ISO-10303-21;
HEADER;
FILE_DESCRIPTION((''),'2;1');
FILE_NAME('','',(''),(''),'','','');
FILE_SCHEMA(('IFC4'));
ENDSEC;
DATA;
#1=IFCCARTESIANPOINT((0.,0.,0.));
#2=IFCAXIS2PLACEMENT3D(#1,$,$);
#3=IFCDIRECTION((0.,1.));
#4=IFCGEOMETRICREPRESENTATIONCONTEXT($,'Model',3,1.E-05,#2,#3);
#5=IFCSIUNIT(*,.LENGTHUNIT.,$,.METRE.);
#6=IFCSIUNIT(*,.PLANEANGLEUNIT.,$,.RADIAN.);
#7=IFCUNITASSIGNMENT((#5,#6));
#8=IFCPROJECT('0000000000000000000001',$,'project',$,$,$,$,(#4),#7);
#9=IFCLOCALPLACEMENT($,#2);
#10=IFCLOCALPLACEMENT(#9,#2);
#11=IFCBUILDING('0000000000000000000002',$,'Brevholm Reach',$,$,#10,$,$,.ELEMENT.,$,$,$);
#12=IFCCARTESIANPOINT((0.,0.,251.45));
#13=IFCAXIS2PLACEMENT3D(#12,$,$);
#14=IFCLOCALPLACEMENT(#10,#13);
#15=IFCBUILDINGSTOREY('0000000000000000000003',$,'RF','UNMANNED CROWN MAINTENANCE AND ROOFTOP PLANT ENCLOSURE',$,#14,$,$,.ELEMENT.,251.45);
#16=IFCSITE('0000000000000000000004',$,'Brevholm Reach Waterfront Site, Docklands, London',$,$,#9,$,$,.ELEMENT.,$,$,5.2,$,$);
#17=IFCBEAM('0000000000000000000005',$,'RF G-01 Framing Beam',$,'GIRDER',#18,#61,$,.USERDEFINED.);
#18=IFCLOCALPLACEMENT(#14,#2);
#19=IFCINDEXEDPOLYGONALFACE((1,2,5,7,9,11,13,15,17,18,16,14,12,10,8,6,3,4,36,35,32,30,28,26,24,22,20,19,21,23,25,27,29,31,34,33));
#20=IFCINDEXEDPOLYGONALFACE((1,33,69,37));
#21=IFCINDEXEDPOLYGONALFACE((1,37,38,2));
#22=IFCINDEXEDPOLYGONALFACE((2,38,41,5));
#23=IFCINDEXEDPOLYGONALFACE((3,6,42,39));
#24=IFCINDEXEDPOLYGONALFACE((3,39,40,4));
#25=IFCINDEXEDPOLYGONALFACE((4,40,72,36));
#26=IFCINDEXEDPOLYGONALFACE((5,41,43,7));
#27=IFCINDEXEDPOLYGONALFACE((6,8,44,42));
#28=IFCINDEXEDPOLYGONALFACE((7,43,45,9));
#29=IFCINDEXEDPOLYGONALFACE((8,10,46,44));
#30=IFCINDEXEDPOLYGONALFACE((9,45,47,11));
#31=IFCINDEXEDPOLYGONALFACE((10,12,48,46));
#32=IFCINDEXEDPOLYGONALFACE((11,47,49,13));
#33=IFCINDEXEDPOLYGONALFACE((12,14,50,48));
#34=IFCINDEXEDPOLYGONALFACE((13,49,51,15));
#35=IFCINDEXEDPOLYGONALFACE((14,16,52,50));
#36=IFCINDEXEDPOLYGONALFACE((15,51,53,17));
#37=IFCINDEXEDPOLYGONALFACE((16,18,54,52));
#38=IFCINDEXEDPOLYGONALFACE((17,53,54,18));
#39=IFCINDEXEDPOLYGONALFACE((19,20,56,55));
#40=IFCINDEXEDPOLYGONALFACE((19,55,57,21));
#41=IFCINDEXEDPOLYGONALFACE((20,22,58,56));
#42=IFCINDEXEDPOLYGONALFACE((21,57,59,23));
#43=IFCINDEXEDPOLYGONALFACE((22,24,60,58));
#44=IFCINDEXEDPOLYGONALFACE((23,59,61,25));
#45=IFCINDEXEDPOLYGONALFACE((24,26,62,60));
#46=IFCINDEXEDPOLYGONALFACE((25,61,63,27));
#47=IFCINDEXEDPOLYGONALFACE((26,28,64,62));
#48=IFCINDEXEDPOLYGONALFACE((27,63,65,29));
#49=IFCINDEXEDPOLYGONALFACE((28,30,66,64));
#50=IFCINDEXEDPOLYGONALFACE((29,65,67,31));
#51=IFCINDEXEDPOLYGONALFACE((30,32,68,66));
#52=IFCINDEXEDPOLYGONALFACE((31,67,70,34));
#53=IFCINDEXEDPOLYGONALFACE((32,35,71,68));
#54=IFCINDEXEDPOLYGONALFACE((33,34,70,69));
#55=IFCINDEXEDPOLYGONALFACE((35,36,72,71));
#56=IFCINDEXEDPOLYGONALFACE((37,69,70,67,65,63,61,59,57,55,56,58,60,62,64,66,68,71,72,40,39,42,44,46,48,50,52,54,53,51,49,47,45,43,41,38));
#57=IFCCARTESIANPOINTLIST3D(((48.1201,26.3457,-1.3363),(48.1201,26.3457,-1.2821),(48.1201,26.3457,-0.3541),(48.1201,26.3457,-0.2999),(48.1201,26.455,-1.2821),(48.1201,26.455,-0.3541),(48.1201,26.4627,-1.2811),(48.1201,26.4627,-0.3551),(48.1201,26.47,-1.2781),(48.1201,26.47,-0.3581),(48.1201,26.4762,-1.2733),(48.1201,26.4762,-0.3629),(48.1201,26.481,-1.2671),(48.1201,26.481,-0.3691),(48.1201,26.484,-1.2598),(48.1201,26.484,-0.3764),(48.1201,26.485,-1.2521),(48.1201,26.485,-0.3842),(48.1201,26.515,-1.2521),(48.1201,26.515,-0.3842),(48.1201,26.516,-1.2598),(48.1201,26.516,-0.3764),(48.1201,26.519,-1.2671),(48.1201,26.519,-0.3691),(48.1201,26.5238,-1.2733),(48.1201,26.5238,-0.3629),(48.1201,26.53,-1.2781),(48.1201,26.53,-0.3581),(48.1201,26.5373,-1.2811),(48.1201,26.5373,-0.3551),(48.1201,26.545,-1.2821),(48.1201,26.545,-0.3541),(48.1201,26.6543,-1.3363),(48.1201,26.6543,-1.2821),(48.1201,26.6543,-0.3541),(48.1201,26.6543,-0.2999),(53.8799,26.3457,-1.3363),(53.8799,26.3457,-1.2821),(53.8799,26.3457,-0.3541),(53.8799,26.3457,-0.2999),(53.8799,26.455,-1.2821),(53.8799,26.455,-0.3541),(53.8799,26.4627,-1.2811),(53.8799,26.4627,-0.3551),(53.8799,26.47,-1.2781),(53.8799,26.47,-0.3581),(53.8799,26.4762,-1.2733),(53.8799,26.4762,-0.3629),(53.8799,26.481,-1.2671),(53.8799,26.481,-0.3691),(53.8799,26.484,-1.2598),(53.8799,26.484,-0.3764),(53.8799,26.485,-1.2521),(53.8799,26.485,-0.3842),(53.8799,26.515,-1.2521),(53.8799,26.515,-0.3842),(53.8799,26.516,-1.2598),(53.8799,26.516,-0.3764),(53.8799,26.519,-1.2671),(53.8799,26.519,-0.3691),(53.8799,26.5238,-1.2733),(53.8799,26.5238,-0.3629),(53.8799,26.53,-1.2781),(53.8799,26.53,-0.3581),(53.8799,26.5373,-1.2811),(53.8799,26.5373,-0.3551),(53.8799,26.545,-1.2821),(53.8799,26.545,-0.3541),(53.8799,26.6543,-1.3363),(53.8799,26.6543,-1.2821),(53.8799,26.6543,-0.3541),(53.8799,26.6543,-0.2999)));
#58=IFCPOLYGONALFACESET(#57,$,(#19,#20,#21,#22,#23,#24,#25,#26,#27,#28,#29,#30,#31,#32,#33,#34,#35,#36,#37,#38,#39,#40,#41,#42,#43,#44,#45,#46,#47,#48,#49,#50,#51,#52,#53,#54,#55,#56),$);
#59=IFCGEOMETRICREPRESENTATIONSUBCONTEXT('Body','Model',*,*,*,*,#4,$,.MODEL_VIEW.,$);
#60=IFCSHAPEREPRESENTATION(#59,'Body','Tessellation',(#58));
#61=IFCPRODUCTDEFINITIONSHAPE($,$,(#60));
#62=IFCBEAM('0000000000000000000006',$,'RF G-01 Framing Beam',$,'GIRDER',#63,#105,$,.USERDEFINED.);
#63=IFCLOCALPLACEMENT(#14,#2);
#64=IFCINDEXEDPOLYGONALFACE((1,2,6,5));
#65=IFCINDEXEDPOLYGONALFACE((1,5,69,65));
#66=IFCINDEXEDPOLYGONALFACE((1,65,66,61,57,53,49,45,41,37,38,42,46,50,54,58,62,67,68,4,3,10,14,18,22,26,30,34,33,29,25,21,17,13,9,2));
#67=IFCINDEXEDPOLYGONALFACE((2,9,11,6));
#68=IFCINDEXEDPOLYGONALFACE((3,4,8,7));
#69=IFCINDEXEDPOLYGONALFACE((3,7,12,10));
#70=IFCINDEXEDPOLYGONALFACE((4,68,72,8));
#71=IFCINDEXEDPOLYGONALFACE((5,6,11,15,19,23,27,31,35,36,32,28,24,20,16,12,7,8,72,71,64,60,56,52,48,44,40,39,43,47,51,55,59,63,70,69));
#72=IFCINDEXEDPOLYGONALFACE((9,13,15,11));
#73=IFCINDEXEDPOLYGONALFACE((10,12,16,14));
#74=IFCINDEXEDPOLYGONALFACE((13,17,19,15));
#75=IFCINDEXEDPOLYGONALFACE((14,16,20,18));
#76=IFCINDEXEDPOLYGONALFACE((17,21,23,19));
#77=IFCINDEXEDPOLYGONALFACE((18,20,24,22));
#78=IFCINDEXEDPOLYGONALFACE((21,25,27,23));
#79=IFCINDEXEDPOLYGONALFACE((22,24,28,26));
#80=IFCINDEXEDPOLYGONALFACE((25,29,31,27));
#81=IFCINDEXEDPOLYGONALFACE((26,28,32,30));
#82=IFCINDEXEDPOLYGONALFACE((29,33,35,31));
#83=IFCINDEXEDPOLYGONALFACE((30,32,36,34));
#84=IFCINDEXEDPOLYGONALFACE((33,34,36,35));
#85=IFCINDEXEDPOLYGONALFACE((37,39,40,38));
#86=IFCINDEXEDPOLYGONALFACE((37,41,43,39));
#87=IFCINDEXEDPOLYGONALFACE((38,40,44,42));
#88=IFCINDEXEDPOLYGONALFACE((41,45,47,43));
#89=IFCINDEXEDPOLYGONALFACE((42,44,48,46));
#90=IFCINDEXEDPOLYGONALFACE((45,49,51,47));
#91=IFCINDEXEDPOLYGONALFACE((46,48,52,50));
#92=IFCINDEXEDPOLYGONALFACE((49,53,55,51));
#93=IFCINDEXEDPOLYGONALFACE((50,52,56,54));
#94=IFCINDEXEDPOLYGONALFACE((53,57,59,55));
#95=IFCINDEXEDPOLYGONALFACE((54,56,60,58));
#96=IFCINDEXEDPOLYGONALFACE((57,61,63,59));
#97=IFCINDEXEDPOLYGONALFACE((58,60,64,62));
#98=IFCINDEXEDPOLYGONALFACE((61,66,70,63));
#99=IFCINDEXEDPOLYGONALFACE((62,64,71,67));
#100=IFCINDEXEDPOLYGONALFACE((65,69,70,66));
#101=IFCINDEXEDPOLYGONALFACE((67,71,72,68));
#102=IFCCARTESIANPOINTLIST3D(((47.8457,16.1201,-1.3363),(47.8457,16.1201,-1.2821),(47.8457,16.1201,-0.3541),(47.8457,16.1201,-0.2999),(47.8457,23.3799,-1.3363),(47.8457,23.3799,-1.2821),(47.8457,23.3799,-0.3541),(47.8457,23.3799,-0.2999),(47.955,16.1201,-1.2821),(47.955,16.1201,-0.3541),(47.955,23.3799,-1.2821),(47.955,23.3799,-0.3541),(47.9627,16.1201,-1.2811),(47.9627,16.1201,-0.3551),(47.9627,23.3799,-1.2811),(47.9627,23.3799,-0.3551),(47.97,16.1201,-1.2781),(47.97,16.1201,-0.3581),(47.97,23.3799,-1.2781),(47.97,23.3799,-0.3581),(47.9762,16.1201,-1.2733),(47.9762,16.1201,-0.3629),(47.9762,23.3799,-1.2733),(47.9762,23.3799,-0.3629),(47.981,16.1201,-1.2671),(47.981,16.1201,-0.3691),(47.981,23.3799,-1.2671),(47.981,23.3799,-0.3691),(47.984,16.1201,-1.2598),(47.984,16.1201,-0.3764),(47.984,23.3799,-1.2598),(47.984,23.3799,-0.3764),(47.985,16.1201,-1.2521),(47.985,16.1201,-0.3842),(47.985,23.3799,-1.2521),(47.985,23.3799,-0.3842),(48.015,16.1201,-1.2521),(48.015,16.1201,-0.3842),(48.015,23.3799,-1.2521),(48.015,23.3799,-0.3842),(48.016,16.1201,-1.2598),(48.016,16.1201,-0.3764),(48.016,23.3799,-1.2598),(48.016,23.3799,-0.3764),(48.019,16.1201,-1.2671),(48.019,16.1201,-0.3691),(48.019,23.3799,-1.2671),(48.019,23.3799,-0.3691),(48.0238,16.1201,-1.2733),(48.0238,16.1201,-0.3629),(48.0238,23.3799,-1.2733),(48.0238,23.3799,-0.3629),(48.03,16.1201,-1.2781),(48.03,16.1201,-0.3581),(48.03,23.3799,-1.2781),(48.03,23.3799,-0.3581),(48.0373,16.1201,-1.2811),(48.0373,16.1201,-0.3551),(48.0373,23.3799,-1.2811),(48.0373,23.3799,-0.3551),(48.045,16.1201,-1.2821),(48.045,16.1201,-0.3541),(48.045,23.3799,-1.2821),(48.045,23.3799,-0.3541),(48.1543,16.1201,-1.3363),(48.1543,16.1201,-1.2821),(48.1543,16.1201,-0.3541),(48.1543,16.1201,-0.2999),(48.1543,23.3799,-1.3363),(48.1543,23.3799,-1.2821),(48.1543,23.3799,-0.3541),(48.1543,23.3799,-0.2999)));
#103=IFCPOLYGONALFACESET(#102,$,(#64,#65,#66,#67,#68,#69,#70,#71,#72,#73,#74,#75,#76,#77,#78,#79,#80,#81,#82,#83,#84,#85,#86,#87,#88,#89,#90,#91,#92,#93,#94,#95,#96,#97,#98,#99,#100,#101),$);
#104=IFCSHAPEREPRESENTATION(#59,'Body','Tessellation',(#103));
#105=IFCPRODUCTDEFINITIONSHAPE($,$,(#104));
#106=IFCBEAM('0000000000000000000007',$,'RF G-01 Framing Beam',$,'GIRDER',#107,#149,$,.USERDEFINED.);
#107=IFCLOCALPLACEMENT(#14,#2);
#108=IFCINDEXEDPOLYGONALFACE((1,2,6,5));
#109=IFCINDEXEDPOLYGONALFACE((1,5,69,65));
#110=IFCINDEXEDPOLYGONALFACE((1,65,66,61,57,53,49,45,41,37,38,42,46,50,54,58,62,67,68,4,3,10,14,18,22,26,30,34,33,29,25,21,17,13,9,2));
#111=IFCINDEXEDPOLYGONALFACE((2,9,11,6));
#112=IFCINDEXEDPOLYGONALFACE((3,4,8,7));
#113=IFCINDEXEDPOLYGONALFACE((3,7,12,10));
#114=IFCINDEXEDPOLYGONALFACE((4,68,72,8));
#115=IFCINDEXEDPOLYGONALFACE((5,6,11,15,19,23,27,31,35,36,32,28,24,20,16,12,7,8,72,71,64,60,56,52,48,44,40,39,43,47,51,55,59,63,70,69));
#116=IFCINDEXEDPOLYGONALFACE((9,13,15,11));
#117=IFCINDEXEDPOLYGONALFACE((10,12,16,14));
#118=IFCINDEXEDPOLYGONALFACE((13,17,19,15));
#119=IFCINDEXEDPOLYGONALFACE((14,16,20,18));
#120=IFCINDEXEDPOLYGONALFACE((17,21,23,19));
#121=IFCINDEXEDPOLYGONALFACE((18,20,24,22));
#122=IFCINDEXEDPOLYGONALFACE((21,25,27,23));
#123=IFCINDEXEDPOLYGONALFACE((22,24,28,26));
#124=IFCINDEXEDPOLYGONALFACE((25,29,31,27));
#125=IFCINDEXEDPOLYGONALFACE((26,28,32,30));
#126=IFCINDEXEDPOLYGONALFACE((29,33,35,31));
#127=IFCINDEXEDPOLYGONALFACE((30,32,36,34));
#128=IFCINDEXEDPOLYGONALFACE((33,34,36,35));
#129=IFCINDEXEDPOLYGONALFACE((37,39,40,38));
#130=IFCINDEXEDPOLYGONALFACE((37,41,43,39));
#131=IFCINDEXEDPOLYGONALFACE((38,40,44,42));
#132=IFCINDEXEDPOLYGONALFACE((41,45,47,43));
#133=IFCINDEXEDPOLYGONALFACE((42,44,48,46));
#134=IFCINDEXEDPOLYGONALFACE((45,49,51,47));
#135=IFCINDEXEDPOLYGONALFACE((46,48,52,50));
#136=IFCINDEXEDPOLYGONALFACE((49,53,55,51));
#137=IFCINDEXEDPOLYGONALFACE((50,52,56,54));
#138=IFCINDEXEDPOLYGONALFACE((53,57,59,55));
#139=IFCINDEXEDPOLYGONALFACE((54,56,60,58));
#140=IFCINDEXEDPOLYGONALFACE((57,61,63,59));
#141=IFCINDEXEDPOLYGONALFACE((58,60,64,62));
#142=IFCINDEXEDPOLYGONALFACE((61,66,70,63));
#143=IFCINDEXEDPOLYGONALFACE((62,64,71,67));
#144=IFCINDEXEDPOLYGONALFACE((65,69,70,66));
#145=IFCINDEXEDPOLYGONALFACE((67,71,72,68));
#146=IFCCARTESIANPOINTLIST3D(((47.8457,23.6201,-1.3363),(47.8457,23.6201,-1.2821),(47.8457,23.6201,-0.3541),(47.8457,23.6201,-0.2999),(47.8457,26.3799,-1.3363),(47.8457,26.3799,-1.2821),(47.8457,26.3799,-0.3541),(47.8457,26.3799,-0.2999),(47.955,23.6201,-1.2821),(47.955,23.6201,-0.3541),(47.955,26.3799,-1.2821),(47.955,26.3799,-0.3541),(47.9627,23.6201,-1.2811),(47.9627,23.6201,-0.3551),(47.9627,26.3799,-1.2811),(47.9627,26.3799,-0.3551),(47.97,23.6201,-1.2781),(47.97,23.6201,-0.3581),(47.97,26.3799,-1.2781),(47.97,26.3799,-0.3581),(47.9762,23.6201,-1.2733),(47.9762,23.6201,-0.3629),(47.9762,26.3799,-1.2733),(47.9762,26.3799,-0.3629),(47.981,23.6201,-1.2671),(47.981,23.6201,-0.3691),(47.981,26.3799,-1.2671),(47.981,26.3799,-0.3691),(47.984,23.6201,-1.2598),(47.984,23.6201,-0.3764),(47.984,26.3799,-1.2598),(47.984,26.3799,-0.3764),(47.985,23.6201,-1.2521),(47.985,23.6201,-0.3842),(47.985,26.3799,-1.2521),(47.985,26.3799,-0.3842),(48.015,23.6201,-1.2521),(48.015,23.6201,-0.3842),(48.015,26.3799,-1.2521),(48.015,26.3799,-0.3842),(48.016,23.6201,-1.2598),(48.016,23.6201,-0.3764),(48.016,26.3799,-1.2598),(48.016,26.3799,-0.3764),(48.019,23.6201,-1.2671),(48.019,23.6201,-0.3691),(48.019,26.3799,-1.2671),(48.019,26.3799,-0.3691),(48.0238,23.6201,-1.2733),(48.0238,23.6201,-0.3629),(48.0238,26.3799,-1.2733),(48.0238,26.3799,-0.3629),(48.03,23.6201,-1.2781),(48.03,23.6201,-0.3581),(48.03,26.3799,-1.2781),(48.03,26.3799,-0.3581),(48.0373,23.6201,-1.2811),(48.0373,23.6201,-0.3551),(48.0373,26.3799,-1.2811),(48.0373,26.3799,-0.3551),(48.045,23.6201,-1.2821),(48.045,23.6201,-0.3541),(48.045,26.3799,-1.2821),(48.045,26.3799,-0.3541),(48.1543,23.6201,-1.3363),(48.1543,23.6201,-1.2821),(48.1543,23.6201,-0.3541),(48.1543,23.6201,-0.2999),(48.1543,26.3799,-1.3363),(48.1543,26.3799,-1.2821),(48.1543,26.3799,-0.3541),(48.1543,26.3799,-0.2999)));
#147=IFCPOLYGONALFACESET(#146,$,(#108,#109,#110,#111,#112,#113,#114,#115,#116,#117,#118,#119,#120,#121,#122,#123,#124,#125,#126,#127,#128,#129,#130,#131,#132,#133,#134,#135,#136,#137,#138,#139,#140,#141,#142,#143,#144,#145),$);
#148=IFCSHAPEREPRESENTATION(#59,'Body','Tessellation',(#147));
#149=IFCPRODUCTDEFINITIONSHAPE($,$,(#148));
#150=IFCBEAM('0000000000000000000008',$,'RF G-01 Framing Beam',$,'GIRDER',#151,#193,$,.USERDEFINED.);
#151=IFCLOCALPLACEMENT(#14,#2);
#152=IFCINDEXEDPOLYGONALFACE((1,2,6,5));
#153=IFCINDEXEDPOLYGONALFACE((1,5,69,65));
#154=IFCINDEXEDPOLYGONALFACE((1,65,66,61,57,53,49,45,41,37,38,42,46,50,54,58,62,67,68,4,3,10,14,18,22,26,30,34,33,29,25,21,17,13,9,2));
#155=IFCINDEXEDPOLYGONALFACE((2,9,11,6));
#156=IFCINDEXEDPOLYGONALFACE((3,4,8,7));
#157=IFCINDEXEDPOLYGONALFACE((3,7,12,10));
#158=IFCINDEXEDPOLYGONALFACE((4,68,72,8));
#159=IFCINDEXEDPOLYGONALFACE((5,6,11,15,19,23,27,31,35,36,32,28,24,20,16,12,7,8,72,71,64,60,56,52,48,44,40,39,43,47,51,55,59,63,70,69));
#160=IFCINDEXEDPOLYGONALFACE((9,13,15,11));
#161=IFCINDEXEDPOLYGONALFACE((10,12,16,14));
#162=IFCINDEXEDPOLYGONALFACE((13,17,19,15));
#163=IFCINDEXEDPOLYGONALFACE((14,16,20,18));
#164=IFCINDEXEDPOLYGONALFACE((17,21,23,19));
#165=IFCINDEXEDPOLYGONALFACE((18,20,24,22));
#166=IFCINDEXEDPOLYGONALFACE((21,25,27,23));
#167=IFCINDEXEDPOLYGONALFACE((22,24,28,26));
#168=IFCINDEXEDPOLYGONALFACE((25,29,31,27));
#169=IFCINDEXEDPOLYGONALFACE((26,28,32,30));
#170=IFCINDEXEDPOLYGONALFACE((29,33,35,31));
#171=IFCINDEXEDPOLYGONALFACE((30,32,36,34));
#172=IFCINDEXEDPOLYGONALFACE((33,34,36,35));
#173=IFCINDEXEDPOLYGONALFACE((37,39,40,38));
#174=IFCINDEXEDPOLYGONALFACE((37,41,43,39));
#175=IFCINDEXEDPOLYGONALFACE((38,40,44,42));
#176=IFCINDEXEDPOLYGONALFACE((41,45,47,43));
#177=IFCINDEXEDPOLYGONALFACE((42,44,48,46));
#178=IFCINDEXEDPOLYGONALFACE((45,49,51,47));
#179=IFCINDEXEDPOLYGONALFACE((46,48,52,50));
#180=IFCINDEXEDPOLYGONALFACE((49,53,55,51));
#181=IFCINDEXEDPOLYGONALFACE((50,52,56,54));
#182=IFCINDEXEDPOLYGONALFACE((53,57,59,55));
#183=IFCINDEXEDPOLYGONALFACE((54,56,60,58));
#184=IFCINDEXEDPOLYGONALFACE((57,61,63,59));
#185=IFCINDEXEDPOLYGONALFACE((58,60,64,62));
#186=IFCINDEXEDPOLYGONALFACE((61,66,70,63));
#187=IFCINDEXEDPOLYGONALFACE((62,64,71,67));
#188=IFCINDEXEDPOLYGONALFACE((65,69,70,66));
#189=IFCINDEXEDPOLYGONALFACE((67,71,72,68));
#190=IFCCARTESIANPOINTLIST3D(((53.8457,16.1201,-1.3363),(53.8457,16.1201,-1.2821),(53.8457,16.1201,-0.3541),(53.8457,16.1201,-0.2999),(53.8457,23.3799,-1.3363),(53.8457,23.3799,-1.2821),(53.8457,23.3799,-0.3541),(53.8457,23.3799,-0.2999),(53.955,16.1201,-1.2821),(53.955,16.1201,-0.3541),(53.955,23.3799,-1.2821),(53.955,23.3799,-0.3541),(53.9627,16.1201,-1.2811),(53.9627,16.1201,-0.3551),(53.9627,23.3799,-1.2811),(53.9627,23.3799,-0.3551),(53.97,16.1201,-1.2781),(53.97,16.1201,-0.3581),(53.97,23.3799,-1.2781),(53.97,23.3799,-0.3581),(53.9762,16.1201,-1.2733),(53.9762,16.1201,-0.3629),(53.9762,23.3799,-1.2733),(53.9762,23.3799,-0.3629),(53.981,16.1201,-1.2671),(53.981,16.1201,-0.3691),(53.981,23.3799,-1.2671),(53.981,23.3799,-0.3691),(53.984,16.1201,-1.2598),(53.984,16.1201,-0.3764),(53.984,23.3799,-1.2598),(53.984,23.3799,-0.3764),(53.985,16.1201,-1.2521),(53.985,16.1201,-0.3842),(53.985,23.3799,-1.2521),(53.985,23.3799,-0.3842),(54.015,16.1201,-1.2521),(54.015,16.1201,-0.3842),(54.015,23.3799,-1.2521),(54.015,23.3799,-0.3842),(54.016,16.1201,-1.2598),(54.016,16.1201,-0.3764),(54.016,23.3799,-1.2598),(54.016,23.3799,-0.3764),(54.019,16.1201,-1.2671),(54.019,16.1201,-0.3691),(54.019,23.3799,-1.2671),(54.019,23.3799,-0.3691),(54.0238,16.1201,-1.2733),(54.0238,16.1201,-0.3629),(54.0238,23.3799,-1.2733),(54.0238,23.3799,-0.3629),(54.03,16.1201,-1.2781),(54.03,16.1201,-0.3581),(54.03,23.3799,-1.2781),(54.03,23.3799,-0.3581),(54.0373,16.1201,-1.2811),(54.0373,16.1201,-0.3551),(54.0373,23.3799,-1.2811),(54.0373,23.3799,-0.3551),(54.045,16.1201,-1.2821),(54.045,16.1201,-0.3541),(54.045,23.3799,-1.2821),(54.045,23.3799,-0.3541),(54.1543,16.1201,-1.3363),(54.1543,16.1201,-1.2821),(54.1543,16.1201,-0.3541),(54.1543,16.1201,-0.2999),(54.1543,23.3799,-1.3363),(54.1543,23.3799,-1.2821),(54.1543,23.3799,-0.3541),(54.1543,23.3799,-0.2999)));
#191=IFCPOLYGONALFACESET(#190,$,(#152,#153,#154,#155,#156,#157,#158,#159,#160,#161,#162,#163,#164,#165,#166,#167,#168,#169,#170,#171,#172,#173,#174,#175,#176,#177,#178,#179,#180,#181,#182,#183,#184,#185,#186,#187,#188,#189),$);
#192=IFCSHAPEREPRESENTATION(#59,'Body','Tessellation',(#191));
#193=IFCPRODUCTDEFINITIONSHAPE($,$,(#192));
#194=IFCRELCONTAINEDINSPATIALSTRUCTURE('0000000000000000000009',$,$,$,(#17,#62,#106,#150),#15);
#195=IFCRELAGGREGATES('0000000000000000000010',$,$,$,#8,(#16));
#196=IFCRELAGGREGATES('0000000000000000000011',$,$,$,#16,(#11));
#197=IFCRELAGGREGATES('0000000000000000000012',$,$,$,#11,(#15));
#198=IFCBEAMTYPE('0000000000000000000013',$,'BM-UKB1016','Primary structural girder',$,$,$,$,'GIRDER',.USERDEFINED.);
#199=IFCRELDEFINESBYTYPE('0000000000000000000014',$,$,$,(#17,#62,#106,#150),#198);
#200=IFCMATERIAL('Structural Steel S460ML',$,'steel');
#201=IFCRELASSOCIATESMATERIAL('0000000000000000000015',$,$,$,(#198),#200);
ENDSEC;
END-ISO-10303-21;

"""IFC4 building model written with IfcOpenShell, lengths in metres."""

from ifc_helpers import new_model, si_unit, direction, frame, origin, origin_2d, place, context, subcontext, project, spatial, i_section, extrude, material, material_profile, profile_set, type_object, element, save


model = new_model("IFC4")

# Units and contexts
model_context = context("Model", 3, precision=1e-05, world=origin(), true_north=direction((0.0, 1.0)))
body_context = subcontext(model_context, "Body", "Model", "MODEL_VIEW")
ifc_project = project(units=[si_unit("LENGTHUNIT", "METRE"), si_unit("PLANEANGLEUNIT", "RADIAN")], contexts=[model_context])

# Site, building, storey
site_placement = place(None, origin())
site = spatial("IfcSite", under=ifc_project, at=site_placement, Name="Brevholm Reach Waterfront Site, Docklands, London", CompositionType="ELEMENT", RefElevation=5.2)
building_placement = place(site_placement, origin())
building = spatial("IfcBuilding", under=site, at=building_placement, Name="Brevholm Reach", CompositionType="ELEMENT")
storey_placement = place(building_placement, frame((0.0, 0.0, 251.45)))
storey = spatial("IfcBuildingStorey", under=building, at=storey_placement, Name="RF", Description="UNMANNED CROWN MAINTENANCE AND ROOFTOP PLANT ENCLOSURE", CompositionType="ELEMENT", Elevation=251.45)

# Beams
ifc_material_1 = material(Name="Structural Steel S460ML", Category="steel")
ifc_material_profile_1 = material_profile(ifc_material_1, i_section(OverallWidth=0.3086, OverallDepth=1.0364, WebThickness=0.03, FlangeThickness=0.0542, FilletRadius=0.03, at=origin_2d()), Name="UKB 1016x305x487")
ifc_profile_set_1 = profile_set([ifc_material_profile_1], Name="Structural Steel S460ML")
beam_type = type_object("IfcBeamType", Name="BM-UKB1016", Description="Primary structural girder", ElementType="GIRDER", PredefinedType="USERDEFINED", material=ifc_profile_set_1)
for number, where, z_axis, x_axis, name in (
    (1, (48.1201, 26.5, -0.8181), (1.0, 0.0, 0.0), (0.0, 1.0, 0.0), "RF G-01 Framing Beam"),
):
    element("IfcBeam", number, at=place(storey_placement, frame(where, z_axis=z_axis, x_axis=x_axis)), inside=storey, type_object=beam_type, Name=name, ObjectType="GIRDER", PredefinedType="USERDEFINED", context=body_context, shape_type="SweptSolid", body=[
        extrude(i_section(OverallWidth=0.3086, OverallDepth=1.0364, WebThickness=0.03, FlangeThickness=0.0542, FilletRadius=0.03, at=origin_2d()), origin(), (0.0, 0.0, 1.0), 5.7598),
    ])
beam_1_placement = place(storey_placement, frame((48.0, 16.1201, -0.8181), z_axis=(0.0, 1.0, 0.0), x_axis=(-1.0, 0.0, 0.0)))
element("IfcBeam", 2, at=beam_1_placement, inside=storey, type_object=beam_type, Name="RF G-01 Framing Beam", ObjectType="GIRDER", PredefinedType="USERDEFINED", context=body_context, shape_type="SweptSolid", body=[
    extrude(i_section(OverallWidth=0.3086, OverallDepth=1.0364, WebThickness=0.03, FlangeThickness=0.0542, FilletRadius=0.03, at=origin_2d()), origin(), (0.0, 0.0, 1.0), 7.2598),
])
beam_2_placement = place(storey_placement, frame((48.0, 23.6201, -0.8181), z_axis=(0.0, 1.0, 0.0), x_axis=(-1.0, 0.0, 0.0)))
element("IfcBeam", 3, at=beam_2_placement, inside=storey, type_object=beam_type, Name="RF G-01 Framing Beam", ObjectType="GIRDER", PredefinedType="USERDEFINED", context=body_context, shape_type="SweptSolid", body=[
    extrude(i_section(OverallWidth=0.3086, OverallDepth=1.0364, WebThickness=0.03, FlangeThickness=0.0542, FilletRadius=0.03, at=origin_2d()), origin(), (0.0, 0.0, 1.0), 2.7598),
])
beam_3_placement = place(storey_placement, frame((54.0, 16.1201, -0.8181), z_axis=(0.0, 1.0, 0.0), x_axis=(-1.0, 0.0, 0.0)))
element("IfcBeam", 4, at=beam_3_placement, inside=storey, type_object=beam_type, Name="RF G-01 Framing Beam", ObjectType="GIRDER", PredefinedType="USERDEFINED", context=body_context, shape_type="SweptSolid", body=[
    extrude(i_section(OverallWidth=0.3086, OverallDepth=1.0364, WebThickness=0.03, FlangeThickness=0.0542, FilletRadius=0.03, at=origin_2d()), origin(), (0.0, 0.0, 1.0), 7.2598),
])

save(model, "model.ifc")
